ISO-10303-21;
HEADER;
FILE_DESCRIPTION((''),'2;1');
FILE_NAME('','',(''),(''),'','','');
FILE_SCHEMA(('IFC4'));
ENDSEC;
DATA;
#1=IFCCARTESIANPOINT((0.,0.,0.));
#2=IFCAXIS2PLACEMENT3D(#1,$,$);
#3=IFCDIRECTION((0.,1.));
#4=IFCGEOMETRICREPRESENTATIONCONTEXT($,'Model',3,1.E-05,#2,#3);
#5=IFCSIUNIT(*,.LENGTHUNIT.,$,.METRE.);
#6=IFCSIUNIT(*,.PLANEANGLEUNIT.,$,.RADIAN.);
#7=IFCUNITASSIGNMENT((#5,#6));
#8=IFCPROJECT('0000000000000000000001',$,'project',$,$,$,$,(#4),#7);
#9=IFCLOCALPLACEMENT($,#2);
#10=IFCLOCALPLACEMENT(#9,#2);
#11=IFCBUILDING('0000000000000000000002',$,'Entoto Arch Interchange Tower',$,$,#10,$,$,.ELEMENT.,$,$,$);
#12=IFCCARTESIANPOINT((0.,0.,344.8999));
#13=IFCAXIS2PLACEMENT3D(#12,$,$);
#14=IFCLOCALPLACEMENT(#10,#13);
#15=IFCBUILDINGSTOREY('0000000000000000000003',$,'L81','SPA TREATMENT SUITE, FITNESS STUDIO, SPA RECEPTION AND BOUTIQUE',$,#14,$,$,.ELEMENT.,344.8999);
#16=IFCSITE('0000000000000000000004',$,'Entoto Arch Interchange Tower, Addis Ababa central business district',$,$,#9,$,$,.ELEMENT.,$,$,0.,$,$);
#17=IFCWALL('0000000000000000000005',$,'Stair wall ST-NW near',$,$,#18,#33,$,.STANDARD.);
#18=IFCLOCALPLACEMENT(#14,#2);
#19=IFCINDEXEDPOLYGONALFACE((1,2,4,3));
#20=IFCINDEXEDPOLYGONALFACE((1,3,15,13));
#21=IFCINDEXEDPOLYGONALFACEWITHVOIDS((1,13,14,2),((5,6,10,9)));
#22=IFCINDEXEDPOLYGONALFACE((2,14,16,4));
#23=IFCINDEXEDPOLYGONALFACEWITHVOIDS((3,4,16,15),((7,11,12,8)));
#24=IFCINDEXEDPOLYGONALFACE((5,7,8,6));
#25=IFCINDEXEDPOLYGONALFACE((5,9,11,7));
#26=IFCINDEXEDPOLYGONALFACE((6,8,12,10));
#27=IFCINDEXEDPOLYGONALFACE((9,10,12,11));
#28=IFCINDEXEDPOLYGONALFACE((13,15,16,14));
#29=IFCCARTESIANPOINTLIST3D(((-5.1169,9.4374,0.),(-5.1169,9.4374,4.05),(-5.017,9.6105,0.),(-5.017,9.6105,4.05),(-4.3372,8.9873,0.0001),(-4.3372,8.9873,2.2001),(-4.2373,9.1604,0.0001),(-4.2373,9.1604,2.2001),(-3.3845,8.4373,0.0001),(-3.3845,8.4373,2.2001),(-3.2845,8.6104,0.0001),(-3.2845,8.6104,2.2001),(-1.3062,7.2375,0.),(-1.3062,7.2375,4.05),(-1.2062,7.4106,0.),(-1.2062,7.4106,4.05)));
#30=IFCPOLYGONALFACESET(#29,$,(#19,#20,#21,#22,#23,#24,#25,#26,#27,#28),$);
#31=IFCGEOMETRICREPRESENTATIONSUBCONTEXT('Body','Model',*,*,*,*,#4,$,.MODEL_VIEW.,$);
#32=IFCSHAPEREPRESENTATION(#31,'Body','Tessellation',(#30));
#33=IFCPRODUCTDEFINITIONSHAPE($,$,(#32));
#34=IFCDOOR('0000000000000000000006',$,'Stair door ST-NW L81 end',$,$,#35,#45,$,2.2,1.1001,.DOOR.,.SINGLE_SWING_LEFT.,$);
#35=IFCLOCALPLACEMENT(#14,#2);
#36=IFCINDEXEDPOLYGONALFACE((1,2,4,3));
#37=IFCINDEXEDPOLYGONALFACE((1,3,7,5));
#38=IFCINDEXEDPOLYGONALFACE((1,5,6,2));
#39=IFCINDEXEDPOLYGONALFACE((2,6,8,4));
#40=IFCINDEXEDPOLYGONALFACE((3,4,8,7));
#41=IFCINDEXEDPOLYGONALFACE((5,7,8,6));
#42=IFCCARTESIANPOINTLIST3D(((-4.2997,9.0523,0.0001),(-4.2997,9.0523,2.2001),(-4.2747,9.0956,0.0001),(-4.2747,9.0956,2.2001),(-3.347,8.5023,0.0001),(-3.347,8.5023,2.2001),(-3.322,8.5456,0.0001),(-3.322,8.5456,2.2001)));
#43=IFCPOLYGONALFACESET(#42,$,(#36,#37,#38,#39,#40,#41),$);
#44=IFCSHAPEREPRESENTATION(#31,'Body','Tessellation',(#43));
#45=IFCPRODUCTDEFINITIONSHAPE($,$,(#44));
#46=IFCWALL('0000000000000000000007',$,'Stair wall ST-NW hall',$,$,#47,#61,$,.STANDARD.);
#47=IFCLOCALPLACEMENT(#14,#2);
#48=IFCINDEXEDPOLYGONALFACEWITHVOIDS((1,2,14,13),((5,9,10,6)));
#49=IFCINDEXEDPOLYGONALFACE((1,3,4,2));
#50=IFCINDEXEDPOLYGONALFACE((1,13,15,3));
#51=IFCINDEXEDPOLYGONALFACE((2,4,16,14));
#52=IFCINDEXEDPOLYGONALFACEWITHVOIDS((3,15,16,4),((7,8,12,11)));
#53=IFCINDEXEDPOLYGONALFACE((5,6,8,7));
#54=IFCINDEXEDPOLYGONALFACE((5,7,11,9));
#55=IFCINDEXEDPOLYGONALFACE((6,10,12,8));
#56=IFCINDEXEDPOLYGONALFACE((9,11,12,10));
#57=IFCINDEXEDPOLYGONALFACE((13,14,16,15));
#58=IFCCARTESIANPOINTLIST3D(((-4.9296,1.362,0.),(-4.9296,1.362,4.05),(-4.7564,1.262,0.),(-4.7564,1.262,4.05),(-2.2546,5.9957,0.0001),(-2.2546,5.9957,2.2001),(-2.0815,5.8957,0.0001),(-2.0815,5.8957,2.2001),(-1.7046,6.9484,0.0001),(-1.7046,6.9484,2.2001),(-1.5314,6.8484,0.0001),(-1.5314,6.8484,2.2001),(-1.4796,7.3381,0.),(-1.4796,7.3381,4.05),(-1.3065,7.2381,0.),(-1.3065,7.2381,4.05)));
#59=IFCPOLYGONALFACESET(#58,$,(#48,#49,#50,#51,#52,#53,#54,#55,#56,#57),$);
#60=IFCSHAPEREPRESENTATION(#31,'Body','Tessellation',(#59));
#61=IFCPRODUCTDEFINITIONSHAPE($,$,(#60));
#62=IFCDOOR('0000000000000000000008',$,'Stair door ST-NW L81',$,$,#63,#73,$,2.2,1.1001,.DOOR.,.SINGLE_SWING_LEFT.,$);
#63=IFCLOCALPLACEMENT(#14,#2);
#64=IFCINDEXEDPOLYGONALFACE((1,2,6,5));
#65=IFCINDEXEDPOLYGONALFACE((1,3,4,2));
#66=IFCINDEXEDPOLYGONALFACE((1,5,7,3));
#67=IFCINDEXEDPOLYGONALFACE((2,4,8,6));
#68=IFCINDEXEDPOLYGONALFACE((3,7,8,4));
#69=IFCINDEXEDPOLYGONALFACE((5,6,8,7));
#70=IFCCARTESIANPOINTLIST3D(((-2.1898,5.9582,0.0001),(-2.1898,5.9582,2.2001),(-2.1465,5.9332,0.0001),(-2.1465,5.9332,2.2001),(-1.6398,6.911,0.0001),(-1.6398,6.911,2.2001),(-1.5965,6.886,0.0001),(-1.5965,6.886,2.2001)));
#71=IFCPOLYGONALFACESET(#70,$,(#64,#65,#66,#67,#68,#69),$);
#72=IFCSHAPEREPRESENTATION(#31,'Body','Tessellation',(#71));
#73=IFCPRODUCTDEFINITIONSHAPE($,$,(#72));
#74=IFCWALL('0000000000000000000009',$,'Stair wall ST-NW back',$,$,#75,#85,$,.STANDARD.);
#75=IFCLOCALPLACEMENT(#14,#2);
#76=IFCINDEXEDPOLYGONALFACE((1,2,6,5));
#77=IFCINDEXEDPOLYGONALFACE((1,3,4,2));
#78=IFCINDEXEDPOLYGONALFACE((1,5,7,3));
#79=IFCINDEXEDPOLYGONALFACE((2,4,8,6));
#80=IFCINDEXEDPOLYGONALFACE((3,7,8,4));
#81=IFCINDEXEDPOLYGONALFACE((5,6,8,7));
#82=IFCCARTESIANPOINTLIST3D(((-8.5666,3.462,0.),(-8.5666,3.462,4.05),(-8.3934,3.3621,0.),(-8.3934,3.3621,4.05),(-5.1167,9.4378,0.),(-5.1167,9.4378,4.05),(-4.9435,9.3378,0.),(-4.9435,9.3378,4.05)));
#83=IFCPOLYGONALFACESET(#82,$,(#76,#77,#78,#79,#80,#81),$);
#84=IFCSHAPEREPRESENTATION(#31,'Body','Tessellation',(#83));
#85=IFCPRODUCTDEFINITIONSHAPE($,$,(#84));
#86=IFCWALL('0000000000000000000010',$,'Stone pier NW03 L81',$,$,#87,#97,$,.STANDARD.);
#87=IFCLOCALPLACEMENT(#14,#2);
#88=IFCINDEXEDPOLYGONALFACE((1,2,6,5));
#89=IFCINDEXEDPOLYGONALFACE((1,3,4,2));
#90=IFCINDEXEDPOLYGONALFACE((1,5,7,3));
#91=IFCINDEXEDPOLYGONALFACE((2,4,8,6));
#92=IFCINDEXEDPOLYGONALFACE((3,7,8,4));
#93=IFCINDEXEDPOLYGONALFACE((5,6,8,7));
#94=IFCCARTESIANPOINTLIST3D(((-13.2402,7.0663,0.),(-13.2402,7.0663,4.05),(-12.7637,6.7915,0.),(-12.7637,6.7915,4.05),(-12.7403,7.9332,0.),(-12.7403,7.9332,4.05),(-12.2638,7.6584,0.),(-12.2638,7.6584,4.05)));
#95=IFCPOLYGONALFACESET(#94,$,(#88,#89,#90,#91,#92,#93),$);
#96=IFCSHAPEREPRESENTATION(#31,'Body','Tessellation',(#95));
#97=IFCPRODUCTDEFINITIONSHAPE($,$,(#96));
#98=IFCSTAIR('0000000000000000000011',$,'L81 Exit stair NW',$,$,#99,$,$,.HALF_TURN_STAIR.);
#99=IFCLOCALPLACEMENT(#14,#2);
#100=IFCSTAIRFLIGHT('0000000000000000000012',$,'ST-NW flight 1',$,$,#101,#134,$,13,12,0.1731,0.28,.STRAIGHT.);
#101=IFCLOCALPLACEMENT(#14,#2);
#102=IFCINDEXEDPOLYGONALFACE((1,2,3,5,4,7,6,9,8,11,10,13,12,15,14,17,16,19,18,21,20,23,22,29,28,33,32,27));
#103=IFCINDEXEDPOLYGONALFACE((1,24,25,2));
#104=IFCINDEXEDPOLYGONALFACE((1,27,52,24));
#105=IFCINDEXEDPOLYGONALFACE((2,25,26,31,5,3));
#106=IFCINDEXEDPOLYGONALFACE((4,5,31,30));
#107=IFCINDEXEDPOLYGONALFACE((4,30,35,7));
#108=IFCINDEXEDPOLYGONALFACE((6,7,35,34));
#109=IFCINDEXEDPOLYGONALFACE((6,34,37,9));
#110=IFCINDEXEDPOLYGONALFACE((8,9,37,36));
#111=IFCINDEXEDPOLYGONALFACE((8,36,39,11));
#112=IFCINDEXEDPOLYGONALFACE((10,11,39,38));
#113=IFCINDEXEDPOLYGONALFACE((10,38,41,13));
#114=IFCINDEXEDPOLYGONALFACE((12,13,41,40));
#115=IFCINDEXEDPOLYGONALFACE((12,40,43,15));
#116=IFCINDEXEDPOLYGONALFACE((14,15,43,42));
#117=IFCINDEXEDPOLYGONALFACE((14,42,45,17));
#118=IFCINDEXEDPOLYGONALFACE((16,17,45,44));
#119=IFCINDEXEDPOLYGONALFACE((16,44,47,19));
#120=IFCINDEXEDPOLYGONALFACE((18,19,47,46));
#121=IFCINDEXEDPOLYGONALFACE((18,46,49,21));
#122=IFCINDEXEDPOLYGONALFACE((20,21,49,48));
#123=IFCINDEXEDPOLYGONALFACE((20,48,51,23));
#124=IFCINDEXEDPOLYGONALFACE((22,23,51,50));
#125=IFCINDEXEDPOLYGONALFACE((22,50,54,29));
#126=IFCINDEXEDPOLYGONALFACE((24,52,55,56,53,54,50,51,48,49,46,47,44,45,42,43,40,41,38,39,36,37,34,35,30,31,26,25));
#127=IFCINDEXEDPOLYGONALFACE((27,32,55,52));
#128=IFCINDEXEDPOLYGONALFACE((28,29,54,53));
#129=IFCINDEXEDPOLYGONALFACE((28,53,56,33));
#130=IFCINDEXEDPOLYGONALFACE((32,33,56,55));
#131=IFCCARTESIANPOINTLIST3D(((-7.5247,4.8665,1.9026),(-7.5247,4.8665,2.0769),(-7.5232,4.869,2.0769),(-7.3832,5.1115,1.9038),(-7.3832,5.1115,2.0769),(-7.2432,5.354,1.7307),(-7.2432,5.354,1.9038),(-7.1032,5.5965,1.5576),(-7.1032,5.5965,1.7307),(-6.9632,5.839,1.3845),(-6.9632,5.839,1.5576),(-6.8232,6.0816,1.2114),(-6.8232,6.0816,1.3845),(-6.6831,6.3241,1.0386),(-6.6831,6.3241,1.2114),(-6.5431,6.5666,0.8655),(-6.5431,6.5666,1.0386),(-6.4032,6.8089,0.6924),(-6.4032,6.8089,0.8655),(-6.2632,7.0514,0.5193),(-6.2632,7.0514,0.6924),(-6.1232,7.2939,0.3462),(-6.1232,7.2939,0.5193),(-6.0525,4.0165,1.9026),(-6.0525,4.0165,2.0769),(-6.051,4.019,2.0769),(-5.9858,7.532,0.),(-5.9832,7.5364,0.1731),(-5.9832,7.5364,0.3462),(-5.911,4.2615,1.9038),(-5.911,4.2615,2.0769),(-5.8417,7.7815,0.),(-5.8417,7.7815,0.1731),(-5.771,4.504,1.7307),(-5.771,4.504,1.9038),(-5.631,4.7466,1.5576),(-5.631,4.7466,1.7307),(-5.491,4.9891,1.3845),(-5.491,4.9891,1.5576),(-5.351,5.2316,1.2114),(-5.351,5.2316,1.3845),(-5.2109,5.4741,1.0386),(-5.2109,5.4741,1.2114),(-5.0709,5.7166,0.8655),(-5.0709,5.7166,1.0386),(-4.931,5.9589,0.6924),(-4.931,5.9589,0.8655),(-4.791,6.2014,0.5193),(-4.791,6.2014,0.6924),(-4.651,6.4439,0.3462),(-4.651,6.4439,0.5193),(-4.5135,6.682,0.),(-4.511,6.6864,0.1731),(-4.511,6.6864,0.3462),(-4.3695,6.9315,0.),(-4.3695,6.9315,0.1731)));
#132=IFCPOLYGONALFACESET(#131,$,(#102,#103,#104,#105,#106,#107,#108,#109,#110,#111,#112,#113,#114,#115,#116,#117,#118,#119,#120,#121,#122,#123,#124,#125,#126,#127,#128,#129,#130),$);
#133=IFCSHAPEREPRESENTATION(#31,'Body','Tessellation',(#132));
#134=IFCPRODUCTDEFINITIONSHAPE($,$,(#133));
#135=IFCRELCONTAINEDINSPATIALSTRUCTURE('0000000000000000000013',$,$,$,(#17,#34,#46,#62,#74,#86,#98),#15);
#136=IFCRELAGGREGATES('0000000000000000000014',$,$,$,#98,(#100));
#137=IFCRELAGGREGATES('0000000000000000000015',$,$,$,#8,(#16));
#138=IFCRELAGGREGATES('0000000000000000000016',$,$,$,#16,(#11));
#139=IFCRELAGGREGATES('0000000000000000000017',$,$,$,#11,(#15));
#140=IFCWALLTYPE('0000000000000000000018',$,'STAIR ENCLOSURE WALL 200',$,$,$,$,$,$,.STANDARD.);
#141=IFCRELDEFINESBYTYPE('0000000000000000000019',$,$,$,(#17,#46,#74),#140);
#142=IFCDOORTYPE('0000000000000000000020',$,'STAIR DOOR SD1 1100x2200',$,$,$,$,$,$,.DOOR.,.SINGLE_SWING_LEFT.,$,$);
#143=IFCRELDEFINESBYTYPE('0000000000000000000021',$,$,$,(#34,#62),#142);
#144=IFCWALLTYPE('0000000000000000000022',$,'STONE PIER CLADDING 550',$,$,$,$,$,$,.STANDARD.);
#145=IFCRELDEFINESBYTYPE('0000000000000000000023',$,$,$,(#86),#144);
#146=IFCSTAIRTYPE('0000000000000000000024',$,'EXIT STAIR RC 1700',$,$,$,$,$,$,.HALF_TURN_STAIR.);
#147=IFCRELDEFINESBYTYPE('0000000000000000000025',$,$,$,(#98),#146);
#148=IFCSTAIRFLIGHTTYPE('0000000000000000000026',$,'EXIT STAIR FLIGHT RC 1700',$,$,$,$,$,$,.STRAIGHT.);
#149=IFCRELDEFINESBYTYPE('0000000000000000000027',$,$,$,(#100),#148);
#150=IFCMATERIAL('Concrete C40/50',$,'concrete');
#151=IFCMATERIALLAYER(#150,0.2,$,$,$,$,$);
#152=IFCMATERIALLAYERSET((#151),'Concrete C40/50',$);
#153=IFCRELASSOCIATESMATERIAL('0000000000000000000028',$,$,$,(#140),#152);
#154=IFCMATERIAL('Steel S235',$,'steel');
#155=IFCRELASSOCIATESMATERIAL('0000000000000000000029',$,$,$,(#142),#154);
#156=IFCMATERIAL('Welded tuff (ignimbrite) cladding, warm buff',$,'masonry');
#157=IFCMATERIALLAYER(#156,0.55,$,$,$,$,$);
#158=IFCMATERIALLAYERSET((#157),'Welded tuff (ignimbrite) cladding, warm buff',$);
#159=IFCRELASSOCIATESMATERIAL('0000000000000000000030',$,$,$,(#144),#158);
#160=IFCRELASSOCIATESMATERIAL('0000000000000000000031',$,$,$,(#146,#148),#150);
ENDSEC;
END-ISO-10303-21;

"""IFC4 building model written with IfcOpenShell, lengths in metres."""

from ifc_helpers import new_model, si_unit, direction, frame, frame_2d, origin, place, context, subcontext, project, spatial, polyline, rectangle, outline, extrude, material, layer, layer_set, type_object, element, fill, aggregate, save


model = new_model("IFC4")

# Units and contexts
model_context = context("Model", 3, precision=1e-05, world=origin(), true_north=direction((0.0, 1.0)))
body_context = subcontext(model_context, "Body", "Model", "MODEL_VIEW")
ifc_project = project(units=[si_unit("LENGTHUNIT", "METRE"), si_unit("PLANEANGLEUNIT", "RADIAN")], contexts=[model_context])

# Site, building, storey
site_placement = place(None, origin())
site = spatial("IfcSite", under=ifc_project, at=site_placement, Name="Entoto Arch Interchange Tower, Addis Ababa central business district", CompositionType="ELEMENT", RefElevation=0.0)
building_placement = place(site_placement, origin())
building = spatial("IfcBuilding", under=site, at=building_placement, Name="Entoto Arch Interchange Tower", CompositionType="ELEMENT")
storey_placement = place(building_placement, frame((0.0, 0.0, 344.8999)))
storey = spatial("IfcBuildingStorey", under=building, at=storey_placement, Name="L81", Description="SPA TREATMENT SUITE, FITNESS STUDIO, SPA RECEPTION AND BOUTIQUE", CompositionType="ELEMENT", Elevation=344.8999)

# Shared definitions
ifc_material_1 = material(Name="Concrete C40/50", Category="concrete")

# Walls, openings, doors
ifc_layer_1 = layer(ifc_material_1, 0.2)
ifc_layer_set_1 = layer_set([ifc_layer_1], Name="Concrete C40/50")
wall_type_1 = type_object("IfcWallType", Name="STAIR ENCLOSURE WALL 200", PredefinedType="STANDARD", material=ifc_layer_set_1)
wall_1_placement = place(storey_placement, frame((-1.2561, 7.324, 0.0), z_axis=(0.0, 0.0, 1.0), x_axis=(-0.866046, 0.499964, 0.0)))
wall_1 = element("IfcWall", 1, at=wall_1_placement, inside=storey, type_object=wall_type_1, Name="Stair wall ST-NW near", PredefinedType="STANDARD", context=body_context, shape_type="SweptSolid", body=[
    extrude(rectangle(XDim=4.4001, YDim=0.2, at=frame_2d((2.2002, 0.0))), origin(), (0.0, 0.0, 1.0), 4.05),
])
opening_1_placement = place(wall_1_placement, frame((2.3999, 0.0, 0.0)))
opening_1 = element("IfcOpeningElement", 2, at=opening_1_placement, cuts=wall_1, PredefinedType="OPENING", context=body_context, shape_type="SweptSolid", body=[
    extrude(rectangle(XDim=1.1001, YDim=2.2, at=frame_2d((0.55, 1.1001))), frame((0.0, 0.1099, 0.0), z_axis=(0.0, -1.0, 0.0), x_axis=(1.0, 0.0, 0.0)), (0.0, 0.0, 1.0), 0.22),
])
ifc_material_2 = material(Name="Steel S235", Category="steel")
door_type_1 = type_object("IfcDoorType", Name="STAIR DOOR SD1 1100x2200", OperationType="SINGLE_SWING_LEFT", PredefinedType="DOOR", material=ifc_material_2)
door_1_placement = place(opening_1_placement, origin())
door_1 = element("IfcDoor", 3, at=door_1_placement, inside=storey, type_object=door_type_1, Name="Stair door ST-NW L81 end", OperationType="SINGLE_SWING_LEFT", OverallHeight=2.2, OverallWidth=1.1001, PredefinedType="DOOR", context=body_context, shape_type="SweptSolid", body=[
    extrude(rectangle(XDim=1.1001, YDim=2.2, at=frame_2d((0.55, 1.1001))), frame((0.0, 0.0249, 0.0), z_axis=(0.0, -1.0, 0.0), x_axis=(1.0, 0.0, 0.0)), (0.0, 0.0, 1.0), 0.05),
])
fill(opening_1, door_1)
wall_2_placement = place(storey_placement, frame((-1.3931, 7.2881, 0.0), z_axis=(0.0, 0.0, 1.0), x_axis=(-0.499963, -0.866047, 0.0)))
wall_2 = element("IfcWall", 4, at=wall_2_placement, inside=storey, type_object=wall_type_1, Name="Stair wall ST-NW hall", PredefinedType="STANDARD", context=body_context, shape_type="SweptSolid", body=[
    extrude(rectangle(XDim=6.9004, YDim=0.2, at=frame_2d((3.4502, 0.0))), origin(), (0.0, 0.0, 1.0), 4.05),
])
opening_2_placement = place(wall_2_placement, frame((0.45, 0.0, 0.0)))
opening_2 = element("IfcOpeningElement", 5, at=opening_2_placement, cuts=wall_2, PredefinedType="OPENING", context=body_context, shape_type="SweptSolid", body=[
    extrude(rectangle(XDim=1.1001, YDim=2.2, at=frame_2d((0.55, 1.1001))), frame((0.0, 0.1099, 0.0), z_axis=(0.0, -1.0, 0.0), x_axis=(1.0, 0.0, 0.0)), (0.0, 0.0, 1.0), 0.22),
])
door_2_placement = place(opening_2_placement, origin())
door_2 = element("IfcDoor", 6, at=door_2_placement, inside=storey, type_object=door_type_1, Name="Stair door ST-NW L81", OperationType="SINGLE_SWING_LEFT", OverallHeight=2.2, OverallWidth=1.1001, PredefinedType="DOOR", context=body_context, shape_type="SweptSolid", body=[
    extrude(rectangle(XDim=1.1001, YDim=2.2, at=frame_2d((0.55, 1.1001))), frame((0.0, 0.0249, 0.0), z_axis=(0.0, -1.0, 0.0), x_axis=(1.0, 0.0, 0.0)), (0.0, 0.0, 1.0), 0.05),
])
fill(opening_2, door_2)

# Walls
wall_3_placement = place(storey_placement, frame((-5.03, 9.3879, 0.0), z_axis=(0.0, 0.0, 1.0), x_axis=(-0.499979, -0.866038, 0.0)))
element("IfcWall", 7, at=wall_3_placement, inside=storey, type_object=wall_type_1, Name="Stair wall ST-NW back", PredefinedType="STANDARD", context=body_context, shape_type="SweptSolid", body=[
    extrude(rectangle(XDim=6.9001, YDim=0.2, at=frame_2d((3.4502, 0.0))), origin(), (0.0, 0.0, 1.0), 4.05),
])
ifc_material_3 = material(Name="Welded tuff (ignimbrite) cladding, warm buff", Category="masonry")
ifc_layer_2 = layer(ifc_material_3, 0.55)
ifc_layer_set_2 = layer_set([ifc_layer_2], Name="Welded tuff (ignimbrite) cladding, warm buff")
wall_type_2 = type_object("IfcWallType", Name="STONE PIER CLADDING 550", PredefinedType="STANDARD", material=ifc_layer_set_2)
wall_4_placement = place(storey_placement, frame((-12.502, 7.7959, 0.0), z_axis=(0.0, 0.0, 1.0), x_axis=(-0.499603, -0.866255, 0.0)))
element("IfcWall", 8, at=wall_4_placement, inside=storey, type_object=wall_type_2, Name="Stone pier NW03 L81", PredefinedType="STANDARD", context=body_context, shape_type="SweptSolid", body=[
    extrude(rectangle(XDim=1.0007, YDim=0.55, at=frame_2d((0.5005, 0.0))), origin(), (0.0, 0.0, 1.0), 4.05),
])

# Stair, stair flight
stair_type = type_object("IfcStairType", Name="EXIT STAIR RC 1700", PredefinedType="HALF_TURN_STAIR", material=ifc_material_1)
stair_placement = place(storey_placement, origin())
stair = element("IfcStair", 9, at=stair_placement, inside=storey, type_object=stair_type, Name="L81 Exit stair NW", PredefinedType="HALF_TURN_STAIR")
stair_flight_type = type_object("IfcStairFlightType", Name="EXIT STAIR FLIGHT RC 1700", PredefinedType="STRAIGHT", material=ifc_material_1)
stair_flight_placement = place(storey_placement, frame((-5.1072, 7.354, 0.0), z_axis=(0.0, 0.0, 1.0), x_axis=(-0.5, -0.866025, 0.0)))
stair_flight = element("IfcStairFlight", 10, at=stair_flight_placement, type_object=stair_flight_type, Name="ST-NW flight 1", NumberOfRisers=13, NumberOfTreads=12, PredefinedType="STRAIGHT", RiserHeight=0.1731, TreadLength=0.28, context=body_context, shape_type="SweptSolid", body=[
    extrude(outline(polyline([(-0.0029, 0.0), (-0.0029, 0.1731), (0.28, 0.1731), (0.28, 0.3462), (0.5601, 0.3462), (0.5601, 0.5193), (0.8401, 0.5193), (0.8401, 0.6924), (1.1201, 0.6924), (1.1201, 0.8655), (1.3999, 0.8655), (1.3999, 1.0386), (1.6799, 1.0386), (1.6799, 1.2114), (1.96, 1.2114), (1.96, 1.3845), (2.24, 1.3845), (2.24, 1.5576), (2.52, 1.5576), (2.52, 1.7307), (2.8, 1.7307), (2.8, 1.9038), (3.0801, 1.9038), (3.0801, 2.0769), (3.3601, 2.0769), (3.363, 2.0769), (3.363, 1.9026), (0.2852, 0.0), (-0.0029, 0.0)])), frame((0.0, 0.8501, 0.0), z_axis=(0.0, -1.0, 0.0), x_axis=(1.0, 0.0, 0.0)), (0.0, 0.0, 1.0), 1.7),
])
aggregate(stair, [stair_flight])

save(model, "model.ifc")
